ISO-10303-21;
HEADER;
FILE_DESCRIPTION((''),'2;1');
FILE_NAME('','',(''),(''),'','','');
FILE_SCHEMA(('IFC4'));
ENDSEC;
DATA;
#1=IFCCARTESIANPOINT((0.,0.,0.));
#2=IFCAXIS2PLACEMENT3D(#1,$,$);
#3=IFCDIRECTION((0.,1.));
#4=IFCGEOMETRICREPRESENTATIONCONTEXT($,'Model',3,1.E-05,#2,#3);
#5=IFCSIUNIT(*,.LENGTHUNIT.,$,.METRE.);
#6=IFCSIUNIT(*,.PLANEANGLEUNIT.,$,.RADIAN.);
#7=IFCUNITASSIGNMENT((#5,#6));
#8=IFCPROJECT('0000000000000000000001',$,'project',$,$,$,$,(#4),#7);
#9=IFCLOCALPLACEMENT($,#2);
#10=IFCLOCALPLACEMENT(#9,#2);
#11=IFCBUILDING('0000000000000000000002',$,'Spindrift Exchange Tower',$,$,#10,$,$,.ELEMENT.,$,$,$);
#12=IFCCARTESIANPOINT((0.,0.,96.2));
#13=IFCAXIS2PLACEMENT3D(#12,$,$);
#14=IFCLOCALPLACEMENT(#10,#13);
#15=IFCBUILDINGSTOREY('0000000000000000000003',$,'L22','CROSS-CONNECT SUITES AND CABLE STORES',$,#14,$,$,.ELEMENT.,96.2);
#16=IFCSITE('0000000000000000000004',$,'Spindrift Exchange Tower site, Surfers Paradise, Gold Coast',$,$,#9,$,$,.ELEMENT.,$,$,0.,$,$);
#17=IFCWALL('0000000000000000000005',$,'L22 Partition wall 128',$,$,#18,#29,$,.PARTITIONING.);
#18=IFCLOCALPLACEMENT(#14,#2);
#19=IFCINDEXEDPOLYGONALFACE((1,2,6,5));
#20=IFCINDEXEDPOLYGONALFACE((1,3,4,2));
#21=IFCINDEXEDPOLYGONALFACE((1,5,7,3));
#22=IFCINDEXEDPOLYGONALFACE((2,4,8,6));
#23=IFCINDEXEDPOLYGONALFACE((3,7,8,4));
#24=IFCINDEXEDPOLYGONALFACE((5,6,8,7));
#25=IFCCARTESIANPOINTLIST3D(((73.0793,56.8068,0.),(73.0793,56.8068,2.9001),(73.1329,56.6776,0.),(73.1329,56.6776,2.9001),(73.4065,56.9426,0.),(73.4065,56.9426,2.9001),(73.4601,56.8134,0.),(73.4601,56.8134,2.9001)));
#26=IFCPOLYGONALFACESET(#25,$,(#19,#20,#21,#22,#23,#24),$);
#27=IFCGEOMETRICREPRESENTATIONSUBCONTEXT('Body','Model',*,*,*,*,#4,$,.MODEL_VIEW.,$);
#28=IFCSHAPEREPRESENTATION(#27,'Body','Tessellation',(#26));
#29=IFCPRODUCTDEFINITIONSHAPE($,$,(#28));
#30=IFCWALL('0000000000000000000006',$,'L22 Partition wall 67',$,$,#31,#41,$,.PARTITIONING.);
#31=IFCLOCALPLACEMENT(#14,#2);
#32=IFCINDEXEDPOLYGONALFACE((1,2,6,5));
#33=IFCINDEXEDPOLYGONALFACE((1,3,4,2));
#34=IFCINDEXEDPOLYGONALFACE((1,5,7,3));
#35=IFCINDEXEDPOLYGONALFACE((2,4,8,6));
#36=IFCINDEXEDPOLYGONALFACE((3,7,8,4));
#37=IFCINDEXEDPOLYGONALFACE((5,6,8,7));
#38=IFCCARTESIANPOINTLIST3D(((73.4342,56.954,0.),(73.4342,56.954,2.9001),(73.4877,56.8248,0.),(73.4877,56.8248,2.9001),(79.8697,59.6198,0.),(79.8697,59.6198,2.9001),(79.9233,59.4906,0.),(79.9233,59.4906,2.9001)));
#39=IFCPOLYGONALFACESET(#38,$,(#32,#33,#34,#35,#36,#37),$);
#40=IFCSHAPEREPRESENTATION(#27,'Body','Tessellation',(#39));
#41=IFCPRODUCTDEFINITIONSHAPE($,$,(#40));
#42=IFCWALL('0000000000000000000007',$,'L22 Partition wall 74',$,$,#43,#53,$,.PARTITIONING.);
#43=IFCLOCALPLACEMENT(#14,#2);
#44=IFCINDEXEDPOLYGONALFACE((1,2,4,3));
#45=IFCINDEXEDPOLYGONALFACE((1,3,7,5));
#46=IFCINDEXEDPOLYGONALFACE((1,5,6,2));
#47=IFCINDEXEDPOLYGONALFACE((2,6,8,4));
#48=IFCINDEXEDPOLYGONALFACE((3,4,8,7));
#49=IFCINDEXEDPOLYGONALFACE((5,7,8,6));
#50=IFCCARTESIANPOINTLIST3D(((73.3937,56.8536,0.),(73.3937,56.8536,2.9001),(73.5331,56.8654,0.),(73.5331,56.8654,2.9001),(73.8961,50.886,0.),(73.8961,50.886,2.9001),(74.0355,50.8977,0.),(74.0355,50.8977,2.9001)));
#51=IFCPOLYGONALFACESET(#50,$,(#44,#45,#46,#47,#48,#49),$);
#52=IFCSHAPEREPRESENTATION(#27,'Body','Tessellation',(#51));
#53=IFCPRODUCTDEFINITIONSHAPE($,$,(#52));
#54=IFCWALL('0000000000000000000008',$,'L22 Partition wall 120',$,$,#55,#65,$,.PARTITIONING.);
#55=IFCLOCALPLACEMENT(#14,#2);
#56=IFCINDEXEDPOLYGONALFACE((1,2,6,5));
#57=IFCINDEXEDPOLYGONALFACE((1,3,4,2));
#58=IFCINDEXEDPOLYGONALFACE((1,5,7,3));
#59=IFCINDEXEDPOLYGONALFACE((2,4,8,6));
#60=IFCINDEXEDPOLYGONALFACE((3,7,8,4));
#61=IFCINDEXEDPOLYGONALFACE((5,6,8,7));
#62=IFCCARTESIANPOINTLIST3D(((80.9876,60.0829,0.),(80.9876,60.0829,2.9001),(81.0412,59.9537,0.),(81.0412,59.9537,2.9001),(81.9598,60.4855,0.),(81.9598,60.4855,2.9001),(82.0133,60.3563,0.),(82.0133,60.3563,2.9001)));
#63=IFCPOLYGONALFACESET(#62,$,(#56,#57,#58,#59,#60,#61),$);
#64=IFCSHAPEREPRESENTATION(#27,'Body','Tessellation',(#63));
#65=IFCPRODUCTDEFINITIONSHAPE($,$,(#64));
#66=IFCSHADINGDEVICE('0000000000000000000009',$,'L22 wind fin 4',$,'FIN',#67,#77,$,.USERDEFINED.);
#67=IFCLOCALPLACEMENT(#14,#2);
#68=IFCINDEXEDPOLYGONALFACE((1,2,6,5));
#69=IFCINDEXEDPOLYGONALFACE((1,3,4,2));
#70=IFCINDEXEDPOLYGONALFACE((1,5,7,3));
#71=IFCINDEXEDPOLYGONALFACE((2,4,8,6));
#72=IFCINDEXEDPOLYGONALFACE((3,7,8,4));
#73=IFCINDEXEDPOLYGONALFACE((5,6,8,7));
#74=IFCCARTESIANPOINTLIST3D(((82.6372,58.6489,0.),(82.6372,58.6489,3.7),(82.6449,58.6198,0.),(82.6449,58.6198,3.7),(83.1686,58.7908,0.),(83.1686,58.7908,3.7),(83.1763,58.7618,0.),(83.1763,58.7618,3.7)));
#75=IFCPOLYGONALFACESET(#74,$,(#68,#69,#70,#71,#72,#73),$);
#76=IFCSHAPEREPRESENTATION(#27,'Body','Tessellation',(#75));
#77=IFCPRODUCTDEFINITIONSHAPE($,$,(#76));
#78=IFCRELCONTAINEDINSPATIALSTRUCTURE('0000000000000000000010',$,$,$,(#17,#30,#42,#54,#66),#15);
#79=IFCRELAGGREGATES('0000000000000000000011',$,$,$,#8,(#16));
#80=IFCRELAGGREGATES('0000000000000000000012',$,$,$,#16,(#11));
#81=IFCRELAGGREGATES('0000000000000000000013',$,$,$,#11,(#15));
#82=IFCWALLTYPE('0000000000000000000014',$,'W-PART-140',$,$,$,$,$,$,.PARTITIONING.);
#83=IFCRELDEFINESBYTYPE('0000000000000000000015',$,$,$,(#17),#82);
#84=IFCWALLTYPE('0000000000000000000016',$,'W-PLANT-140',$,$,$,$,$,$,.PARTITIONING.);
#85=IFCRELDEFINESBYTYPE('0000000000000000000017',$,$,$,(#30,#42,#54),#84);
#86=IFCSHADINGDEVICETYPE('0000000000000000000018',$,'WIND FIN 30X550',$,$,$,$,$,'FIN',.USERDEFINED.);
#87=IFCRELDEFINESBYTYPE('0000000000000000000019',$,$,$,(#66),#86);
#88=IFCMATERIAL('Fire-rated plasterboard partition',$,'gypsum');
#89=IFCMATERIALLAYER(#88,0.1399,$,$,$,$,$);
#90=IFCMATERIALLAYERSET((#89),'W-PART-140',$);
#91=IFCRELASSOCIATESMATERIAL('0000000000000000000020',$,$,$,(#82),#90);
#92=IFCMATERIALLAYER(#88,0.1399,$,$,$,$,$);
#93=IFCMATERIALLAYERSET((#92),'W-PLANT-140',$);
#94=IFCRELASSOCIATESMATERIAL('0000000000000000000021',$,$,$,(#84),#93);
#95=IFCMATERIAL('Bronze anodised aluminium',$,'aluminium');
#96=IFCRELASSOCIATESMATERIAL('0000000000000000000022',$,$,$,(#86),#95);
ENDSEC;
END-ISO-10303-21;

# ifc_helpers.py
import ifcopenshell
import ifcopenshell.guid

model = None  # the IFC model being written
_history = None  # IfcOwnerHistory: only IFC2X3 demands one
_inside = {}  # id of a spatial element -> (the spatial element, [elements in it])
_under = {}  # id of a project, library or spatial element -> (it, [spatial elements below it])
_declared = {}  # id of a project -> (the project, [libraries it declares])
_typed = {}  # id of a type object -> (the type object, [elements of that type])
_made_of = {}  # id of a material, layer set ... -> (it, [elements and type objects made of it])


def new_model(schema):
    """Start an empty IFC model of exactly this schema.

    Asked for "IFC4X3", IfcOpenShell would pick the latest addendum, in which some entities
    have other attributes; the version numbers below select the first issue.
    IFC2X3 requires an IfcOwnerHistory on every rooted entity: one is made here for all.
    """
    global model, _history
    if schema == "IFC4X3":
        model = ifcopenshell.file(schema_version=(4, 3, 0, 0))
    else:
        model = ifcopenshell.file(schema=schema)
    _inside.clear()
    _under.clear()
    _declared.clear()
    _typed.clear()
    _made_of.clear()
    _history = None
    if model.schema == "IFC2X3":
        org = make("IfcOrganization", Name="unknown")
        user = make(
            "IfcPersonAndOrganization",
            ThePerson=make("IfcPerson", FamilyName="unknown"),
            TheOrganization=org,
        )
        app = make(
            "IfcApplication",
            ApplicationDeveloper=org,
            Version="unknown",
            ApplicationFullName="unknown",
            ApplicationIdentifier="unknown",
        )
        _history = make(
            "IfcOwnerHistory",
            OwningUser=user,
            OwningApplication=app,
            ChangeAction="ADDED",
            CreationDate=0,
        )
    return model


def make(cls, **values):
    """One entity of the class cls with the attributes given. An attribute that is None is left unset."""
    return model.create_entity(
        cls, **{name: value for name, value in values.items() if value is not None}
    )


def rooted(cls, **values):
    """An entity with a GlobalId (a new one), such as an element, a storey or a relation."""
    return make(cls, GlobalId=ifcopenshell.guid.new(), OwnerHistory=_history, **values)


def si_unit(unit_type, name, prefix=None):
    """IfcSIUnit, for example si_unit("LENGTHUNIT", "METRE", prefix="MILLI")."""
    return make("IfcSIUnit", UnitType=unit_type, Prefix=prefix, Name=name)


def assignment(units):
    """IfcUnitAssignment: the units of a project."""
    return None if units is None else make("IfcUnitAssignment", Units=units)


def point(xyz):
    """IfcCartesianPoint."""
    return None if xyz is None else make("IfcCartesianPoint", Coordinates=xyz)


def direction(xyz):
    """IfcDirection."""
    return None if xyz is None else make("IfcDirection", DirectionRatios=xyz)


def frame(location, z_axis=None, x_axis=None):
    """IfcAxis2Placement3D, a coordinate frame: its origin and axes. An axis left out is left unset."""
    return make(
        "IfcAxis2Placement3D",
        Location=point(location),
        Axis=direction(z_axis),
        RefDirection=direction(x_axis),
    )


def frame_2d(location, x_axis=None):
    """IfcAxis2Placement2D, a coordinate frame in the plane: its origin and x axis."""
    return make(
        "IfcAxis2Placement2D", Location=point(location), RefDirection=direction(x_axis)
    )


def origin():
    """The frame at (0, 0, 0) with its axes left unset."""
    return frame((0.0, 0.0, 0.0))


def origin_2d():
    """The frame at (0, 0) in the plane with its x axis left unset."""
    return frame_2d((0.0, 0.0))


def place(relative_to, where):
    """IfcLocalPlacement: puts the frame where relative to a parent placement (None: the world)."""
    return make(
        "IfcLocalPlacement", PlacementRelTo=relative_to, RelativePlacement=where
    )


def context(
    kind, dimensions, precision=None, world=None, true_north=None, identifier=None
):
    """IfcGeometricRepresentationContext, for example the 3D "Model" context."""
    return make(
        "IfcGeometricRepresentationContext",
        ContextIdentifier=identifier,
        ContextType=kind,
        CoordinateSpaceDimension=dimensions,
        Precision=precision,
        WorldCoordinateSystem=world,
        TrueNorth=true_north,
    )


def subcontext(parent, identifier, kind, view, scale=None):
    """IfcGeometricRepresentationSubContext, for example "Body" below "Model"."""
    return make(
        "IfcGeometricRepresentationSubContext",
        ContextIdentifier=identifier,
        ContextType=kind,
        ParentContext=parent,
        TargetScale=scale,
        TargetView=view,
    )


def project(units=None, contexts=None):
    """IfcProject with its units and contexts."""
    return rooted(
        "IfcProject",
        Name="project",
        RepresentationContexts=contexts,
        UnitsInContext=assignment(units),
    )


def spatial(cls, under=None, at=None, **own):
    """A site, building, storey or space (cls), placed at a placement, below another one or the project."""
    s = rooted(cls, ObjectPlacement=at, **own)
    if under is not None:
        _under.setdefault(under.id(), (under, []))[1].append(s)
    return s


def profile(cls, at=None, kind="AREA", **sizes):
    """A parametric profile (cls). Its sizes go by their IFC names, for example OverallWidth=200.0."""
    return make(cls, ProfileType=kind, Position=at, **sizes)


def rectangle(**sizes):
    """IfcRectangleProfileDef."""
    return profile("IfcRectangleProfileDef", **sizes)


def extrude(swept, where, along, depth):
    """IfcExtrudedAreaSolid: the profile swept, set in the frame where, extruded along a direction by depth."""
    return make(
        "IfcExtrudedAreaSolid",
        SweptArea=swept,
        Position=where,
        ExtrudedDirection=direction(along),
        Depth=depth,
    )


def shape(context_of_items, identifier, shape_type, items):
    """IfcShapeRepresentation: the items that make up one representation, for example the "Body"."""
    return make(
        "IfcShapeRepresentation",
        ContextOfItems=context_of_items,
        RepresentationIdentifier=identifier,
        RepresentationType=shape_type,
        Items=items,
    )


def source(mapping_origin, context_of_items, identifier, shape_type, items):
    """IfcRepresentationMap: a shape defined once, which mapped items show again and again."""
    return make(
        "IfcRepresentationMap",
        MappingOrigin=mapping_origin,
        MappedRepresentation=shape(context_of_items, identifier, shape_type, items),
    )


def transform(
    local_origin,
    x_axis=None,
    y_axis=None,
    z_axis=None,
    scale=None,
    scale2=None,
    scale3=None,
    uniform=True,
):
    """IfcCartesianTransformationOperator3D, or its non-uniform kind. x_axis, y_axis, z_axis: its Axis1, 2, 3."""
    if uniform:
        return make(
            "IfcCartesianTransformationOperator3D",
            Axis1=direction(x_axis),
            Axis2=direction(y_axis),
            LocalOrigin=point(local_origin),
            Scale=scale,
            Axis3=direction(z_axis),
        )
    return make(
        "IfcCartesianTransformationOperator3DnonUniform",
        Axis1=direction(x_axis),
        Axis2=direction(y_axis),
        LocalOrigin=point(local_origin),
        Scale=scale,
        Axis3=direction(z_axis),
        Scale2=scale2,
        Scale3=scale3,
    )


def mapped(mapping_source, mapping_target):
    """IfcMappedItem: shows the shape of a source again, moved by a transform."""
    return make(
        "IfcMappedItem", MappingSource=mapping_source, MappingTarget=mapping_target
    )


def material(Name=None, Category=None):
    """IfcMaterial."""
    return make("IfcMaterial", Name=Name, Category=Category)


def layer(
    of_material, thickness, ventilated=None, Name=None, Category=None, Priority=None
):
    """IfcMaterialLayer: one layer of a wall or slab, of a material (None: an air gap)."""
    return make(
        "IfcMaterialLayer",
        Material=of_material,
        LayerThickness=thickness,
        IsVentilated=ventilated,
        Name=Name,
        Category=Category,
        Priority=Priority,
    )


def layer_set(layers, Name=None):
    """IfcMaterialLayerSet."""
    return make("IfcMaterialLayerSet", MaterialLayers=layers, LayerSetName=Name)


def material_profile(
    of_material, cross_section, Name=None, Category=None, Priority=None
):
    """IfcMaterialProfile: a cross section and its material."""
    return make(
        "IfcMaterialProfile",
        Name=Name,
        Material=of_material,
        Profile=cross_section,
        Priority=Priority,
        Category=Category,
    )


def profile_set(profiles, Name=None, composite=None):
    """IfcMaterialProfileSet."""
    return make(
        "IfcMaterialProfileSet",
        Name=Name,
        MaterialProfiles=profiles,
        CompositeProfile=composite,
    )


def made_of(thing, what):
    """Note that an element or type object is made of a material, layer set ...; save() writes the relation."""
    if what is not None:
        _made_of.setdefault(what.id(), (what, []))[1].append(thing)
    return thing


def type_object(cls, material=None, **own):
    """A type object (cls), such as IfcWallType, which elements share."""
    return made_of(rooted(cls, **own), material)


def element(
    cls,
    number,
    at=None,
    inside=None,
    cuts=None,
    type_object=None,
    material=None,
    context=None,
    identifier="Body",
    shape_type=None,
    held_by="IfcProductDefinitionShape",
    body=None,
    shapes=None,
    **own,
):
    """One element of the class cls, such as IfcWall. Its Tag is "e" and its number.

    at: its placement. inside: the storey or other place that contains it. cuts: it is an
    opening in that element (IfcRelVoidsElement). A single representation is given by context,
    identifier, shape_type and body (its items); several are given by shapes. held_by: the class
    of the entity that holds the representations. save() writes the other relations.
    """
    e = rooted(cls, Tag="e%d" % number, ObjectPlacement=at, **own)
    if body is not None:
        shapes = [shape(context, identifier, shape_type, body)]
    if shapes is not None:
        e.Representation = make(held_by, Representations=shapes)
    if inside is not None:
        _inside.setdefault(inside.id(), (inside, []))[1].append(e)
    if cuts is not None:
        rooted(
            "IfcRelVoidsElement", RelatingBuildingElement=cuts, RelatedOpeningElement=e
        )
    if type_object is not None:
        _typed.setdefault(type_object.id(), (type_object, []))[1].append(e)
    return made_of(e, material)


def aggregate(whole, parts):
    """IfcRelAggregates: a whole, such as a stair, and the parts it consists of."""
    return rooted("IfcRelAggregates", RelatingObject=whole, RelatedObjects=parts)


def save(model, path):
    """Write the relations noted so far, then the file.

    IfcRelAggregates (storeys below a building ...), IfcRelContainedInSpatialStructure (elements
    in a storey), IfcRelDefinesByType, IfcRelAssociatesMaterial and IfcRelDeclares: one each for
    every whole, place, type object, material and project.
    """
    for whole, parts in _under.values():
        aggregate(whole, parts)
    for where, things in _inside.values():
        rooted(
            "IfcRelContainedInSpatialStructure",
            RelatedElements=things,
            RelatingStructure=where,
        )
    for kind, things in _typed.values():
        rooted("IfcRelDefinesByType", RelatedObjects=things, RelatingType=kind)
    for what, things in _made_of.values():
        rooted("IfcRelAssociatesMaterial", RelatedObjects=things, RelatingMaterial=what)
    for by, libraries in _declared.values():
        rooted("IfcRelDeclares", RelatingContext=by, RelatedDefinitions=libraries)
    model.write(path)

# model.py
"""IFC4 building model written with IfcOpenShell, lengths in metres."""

from ifc_helpers import new_model, si_unit, direction, frame, frame_2d, origin, origin_2d, place, context, subcontext, project, spatial, rectangle, extrude, source, transform, mapped, material, layer, layer_set, material_profile, profile_set, type_object, element, save


model = new_model("IFC4")

# Units and contexts
model_context = context("Model", 3, precision=1e-05, world=origin(), true_north=direction((0.0, 1.0)))
body_context = subcontext(model_context, "Body", "Model", "MODEL_VIEW")
ifc_project = project(units=[si_unit("LENGTHUNIT", "METRE"), si_unit("PLANEANGLEUNIT", "RADIAN")], contexts=[model_context])

# Site, building, storey
site_placement = place(None, origin())
site = spatial("IfcSite", under=ifc_project, at=site_placement, Name="Spindrift Exchange Tower site, Surfers Paradise, Gold Coast", CompositionType="ELEMENT", RefElevation=0.0)
building_placement = place(site_placement, origin())
building = spatial("IfcBuilding", under=site, at=building_placement, Name="Spindrift Exchange Tower", CompositionType="ELEMENT")
storey_placement = place(building_placement, frame((0.0, 0.0, 96.2)))
storey = spatial("IfcBuildingStorey", under=building, at=storey_placement, Name="L22", Description="CROSS-CONNECT SUITES AND CABLE STORES", CompositionType="ELEMENT", Elevation=96.2)

# Shared definitions
ifc_material_1 = material(Name="Bronze anodised aluminium", Category="aluminium")

# Walls
ifc_material_2 = material(Name="Fire-rated plasterboard partition", Category="gypsum")
ifc_layer_1 = layer(ifc_material_2, 0.1399)
ifc_layer_set_1 = layer_set([ifc_layer_1], Name="W-PART-140")
wall_type_1 = type_object("IfcWallType", Name="W-PART-140", PredefinedType="PARTITIONING", material=ifc_layer_set_1)
wall_1_placement = place(storey_placement, frame((73.106, 56.7422, 0.0), z_axis=(0.0, 0.0, 1.0), x_axis=(0.923647, 0.383245, 0.0)))
element("IfcWall", 1, at=wall_1_placement, inside=storey, type_object=wall_type_1, Name="L22 Partition wall 128", PredefinedType="PARTITIONING", context=body_context, shape_type="SweptSolid", body=[
    extrude(rectangle(XDim=0.3542, YDim=0.1399, at=frame_2d((0.1772, 0.0))), origin(), (0.0, 0.0, 1.0), 2.9001),
])
ifc_layer_2 = layer(ifc_material_2, 0.1399)
ifc_layer_set_2 = layer_set([ifc_layer_2], Name="W-PLANT-140")
wall_type_2 = type_object("IfcWallType", Name="W-PLANT-140", PredefinedType="PARTITIONING", material=ifc_layer_set_2)
wall_2_placement = place(storey_placement, frame((73.4609, 56.8894, 0.0), z_axis=(0.0, 0.0, 1.0), x_axis=(0.923875, 0.382693, 0.0)))
element("IfcWall", 2, at=wall_2_placement, inside=storey, type_object=wall_type_2, Name="L22 Partition wall 67", PredefinedType="PARTITIONING", context=body_context, shape_type="SweptSolid", body=[
    extrude(rectangle(XDim=6.9658, YDim=0.1399, at=frame_2d((3.4829, 0.0))), origin(), (0.0, 0.0, 1.0), 2.9001),
])
wall_3_placement = place(storey_placement, frame((73.9658, 50.8918, 0.0), z_axis=(0.0, 0.0, 1.0), x_axis=(-0.083896, 0.996475, 0.0)))
element("IfcWall", 3, at=wall_3_placement, inside=storey, type_object=wall_type_2, Name="L22 Partition wall 74", PredefinedType="PARTITIONING", context=body_context, shape_type="SweptSolid", body=[
    extrude(rectangle(XDim=5.9888, YDim=0.1399, at=frame_2d((2.9944, 0.0))), origin(), (0.0, 0.0, 1.0), 2.9001),
])
wall_4_placement = place(storey_placement, frame((81.0144, 60.0183, 0.0), z_axis=(0.0, 0.0, 1.0), x_axis=(0.923912, 0.382605, 0.0)))
element("IfcWall", 4, at=wall_4_placement, inside=storey, type_object=wall_type_2, Name="L22 Partition wall 120", PredefinedType="PARTITIONING", context=body_context, shape_type="SweptSolid", body=[
    extrude(rectangle(XDim=1.0522, YDim=0.1399, at=frame_2d((0.5261, 0.0))), origin(), (0.0, 0.0, 1.0), 2.9001),
])

# Shading device
ifc_material_profile_1 = material_profile(ifc_material_1, rectangle(XDim=0.03, YDim=0.55, at=origin_2d()), Name="WIND FIN 30X550")
ifc_profile_set_1 = profile_set([ifc_material_profile_1], Name="Bronze anodised aluminium")
shading_device_type = type_object("IfcShadingDeviceType", Name="WIND FIN 30X550", ElementType="FIN", PredefinedType="USERDEFINED", material=ifc_profile_set_1)
shared_shape_1 = source(origin(), body_context, "Body", "SweptSolid", [
    extrude(rectangle(XDim=0.03, YDim=0.55, at=origin_2d()), origin(), (0.0, 0.0, 1.0), 3.7),
])
shading_device_placement = place(storey_placement, frame((82.9067, 58.7053, 0.0), z_axis=(0.0, 0.0, 1.0), x_axis=(-0.258038, 0.966135, 0.0)))
element("IfcShadingDevice", 5, at=shading_device_placement, inside=storey, type_object=shading_device_type, Name="L22 wind fin 4", ObjectType="FIN", PredefinedType="USERDEFINED", context=body_context, shape_type="MappedRepresentation", body=[
    mapped(shared_shape_1, transform((0.0, 0.0, 0.0), scale=1.0)),
])

save(model, "model.ifc")
